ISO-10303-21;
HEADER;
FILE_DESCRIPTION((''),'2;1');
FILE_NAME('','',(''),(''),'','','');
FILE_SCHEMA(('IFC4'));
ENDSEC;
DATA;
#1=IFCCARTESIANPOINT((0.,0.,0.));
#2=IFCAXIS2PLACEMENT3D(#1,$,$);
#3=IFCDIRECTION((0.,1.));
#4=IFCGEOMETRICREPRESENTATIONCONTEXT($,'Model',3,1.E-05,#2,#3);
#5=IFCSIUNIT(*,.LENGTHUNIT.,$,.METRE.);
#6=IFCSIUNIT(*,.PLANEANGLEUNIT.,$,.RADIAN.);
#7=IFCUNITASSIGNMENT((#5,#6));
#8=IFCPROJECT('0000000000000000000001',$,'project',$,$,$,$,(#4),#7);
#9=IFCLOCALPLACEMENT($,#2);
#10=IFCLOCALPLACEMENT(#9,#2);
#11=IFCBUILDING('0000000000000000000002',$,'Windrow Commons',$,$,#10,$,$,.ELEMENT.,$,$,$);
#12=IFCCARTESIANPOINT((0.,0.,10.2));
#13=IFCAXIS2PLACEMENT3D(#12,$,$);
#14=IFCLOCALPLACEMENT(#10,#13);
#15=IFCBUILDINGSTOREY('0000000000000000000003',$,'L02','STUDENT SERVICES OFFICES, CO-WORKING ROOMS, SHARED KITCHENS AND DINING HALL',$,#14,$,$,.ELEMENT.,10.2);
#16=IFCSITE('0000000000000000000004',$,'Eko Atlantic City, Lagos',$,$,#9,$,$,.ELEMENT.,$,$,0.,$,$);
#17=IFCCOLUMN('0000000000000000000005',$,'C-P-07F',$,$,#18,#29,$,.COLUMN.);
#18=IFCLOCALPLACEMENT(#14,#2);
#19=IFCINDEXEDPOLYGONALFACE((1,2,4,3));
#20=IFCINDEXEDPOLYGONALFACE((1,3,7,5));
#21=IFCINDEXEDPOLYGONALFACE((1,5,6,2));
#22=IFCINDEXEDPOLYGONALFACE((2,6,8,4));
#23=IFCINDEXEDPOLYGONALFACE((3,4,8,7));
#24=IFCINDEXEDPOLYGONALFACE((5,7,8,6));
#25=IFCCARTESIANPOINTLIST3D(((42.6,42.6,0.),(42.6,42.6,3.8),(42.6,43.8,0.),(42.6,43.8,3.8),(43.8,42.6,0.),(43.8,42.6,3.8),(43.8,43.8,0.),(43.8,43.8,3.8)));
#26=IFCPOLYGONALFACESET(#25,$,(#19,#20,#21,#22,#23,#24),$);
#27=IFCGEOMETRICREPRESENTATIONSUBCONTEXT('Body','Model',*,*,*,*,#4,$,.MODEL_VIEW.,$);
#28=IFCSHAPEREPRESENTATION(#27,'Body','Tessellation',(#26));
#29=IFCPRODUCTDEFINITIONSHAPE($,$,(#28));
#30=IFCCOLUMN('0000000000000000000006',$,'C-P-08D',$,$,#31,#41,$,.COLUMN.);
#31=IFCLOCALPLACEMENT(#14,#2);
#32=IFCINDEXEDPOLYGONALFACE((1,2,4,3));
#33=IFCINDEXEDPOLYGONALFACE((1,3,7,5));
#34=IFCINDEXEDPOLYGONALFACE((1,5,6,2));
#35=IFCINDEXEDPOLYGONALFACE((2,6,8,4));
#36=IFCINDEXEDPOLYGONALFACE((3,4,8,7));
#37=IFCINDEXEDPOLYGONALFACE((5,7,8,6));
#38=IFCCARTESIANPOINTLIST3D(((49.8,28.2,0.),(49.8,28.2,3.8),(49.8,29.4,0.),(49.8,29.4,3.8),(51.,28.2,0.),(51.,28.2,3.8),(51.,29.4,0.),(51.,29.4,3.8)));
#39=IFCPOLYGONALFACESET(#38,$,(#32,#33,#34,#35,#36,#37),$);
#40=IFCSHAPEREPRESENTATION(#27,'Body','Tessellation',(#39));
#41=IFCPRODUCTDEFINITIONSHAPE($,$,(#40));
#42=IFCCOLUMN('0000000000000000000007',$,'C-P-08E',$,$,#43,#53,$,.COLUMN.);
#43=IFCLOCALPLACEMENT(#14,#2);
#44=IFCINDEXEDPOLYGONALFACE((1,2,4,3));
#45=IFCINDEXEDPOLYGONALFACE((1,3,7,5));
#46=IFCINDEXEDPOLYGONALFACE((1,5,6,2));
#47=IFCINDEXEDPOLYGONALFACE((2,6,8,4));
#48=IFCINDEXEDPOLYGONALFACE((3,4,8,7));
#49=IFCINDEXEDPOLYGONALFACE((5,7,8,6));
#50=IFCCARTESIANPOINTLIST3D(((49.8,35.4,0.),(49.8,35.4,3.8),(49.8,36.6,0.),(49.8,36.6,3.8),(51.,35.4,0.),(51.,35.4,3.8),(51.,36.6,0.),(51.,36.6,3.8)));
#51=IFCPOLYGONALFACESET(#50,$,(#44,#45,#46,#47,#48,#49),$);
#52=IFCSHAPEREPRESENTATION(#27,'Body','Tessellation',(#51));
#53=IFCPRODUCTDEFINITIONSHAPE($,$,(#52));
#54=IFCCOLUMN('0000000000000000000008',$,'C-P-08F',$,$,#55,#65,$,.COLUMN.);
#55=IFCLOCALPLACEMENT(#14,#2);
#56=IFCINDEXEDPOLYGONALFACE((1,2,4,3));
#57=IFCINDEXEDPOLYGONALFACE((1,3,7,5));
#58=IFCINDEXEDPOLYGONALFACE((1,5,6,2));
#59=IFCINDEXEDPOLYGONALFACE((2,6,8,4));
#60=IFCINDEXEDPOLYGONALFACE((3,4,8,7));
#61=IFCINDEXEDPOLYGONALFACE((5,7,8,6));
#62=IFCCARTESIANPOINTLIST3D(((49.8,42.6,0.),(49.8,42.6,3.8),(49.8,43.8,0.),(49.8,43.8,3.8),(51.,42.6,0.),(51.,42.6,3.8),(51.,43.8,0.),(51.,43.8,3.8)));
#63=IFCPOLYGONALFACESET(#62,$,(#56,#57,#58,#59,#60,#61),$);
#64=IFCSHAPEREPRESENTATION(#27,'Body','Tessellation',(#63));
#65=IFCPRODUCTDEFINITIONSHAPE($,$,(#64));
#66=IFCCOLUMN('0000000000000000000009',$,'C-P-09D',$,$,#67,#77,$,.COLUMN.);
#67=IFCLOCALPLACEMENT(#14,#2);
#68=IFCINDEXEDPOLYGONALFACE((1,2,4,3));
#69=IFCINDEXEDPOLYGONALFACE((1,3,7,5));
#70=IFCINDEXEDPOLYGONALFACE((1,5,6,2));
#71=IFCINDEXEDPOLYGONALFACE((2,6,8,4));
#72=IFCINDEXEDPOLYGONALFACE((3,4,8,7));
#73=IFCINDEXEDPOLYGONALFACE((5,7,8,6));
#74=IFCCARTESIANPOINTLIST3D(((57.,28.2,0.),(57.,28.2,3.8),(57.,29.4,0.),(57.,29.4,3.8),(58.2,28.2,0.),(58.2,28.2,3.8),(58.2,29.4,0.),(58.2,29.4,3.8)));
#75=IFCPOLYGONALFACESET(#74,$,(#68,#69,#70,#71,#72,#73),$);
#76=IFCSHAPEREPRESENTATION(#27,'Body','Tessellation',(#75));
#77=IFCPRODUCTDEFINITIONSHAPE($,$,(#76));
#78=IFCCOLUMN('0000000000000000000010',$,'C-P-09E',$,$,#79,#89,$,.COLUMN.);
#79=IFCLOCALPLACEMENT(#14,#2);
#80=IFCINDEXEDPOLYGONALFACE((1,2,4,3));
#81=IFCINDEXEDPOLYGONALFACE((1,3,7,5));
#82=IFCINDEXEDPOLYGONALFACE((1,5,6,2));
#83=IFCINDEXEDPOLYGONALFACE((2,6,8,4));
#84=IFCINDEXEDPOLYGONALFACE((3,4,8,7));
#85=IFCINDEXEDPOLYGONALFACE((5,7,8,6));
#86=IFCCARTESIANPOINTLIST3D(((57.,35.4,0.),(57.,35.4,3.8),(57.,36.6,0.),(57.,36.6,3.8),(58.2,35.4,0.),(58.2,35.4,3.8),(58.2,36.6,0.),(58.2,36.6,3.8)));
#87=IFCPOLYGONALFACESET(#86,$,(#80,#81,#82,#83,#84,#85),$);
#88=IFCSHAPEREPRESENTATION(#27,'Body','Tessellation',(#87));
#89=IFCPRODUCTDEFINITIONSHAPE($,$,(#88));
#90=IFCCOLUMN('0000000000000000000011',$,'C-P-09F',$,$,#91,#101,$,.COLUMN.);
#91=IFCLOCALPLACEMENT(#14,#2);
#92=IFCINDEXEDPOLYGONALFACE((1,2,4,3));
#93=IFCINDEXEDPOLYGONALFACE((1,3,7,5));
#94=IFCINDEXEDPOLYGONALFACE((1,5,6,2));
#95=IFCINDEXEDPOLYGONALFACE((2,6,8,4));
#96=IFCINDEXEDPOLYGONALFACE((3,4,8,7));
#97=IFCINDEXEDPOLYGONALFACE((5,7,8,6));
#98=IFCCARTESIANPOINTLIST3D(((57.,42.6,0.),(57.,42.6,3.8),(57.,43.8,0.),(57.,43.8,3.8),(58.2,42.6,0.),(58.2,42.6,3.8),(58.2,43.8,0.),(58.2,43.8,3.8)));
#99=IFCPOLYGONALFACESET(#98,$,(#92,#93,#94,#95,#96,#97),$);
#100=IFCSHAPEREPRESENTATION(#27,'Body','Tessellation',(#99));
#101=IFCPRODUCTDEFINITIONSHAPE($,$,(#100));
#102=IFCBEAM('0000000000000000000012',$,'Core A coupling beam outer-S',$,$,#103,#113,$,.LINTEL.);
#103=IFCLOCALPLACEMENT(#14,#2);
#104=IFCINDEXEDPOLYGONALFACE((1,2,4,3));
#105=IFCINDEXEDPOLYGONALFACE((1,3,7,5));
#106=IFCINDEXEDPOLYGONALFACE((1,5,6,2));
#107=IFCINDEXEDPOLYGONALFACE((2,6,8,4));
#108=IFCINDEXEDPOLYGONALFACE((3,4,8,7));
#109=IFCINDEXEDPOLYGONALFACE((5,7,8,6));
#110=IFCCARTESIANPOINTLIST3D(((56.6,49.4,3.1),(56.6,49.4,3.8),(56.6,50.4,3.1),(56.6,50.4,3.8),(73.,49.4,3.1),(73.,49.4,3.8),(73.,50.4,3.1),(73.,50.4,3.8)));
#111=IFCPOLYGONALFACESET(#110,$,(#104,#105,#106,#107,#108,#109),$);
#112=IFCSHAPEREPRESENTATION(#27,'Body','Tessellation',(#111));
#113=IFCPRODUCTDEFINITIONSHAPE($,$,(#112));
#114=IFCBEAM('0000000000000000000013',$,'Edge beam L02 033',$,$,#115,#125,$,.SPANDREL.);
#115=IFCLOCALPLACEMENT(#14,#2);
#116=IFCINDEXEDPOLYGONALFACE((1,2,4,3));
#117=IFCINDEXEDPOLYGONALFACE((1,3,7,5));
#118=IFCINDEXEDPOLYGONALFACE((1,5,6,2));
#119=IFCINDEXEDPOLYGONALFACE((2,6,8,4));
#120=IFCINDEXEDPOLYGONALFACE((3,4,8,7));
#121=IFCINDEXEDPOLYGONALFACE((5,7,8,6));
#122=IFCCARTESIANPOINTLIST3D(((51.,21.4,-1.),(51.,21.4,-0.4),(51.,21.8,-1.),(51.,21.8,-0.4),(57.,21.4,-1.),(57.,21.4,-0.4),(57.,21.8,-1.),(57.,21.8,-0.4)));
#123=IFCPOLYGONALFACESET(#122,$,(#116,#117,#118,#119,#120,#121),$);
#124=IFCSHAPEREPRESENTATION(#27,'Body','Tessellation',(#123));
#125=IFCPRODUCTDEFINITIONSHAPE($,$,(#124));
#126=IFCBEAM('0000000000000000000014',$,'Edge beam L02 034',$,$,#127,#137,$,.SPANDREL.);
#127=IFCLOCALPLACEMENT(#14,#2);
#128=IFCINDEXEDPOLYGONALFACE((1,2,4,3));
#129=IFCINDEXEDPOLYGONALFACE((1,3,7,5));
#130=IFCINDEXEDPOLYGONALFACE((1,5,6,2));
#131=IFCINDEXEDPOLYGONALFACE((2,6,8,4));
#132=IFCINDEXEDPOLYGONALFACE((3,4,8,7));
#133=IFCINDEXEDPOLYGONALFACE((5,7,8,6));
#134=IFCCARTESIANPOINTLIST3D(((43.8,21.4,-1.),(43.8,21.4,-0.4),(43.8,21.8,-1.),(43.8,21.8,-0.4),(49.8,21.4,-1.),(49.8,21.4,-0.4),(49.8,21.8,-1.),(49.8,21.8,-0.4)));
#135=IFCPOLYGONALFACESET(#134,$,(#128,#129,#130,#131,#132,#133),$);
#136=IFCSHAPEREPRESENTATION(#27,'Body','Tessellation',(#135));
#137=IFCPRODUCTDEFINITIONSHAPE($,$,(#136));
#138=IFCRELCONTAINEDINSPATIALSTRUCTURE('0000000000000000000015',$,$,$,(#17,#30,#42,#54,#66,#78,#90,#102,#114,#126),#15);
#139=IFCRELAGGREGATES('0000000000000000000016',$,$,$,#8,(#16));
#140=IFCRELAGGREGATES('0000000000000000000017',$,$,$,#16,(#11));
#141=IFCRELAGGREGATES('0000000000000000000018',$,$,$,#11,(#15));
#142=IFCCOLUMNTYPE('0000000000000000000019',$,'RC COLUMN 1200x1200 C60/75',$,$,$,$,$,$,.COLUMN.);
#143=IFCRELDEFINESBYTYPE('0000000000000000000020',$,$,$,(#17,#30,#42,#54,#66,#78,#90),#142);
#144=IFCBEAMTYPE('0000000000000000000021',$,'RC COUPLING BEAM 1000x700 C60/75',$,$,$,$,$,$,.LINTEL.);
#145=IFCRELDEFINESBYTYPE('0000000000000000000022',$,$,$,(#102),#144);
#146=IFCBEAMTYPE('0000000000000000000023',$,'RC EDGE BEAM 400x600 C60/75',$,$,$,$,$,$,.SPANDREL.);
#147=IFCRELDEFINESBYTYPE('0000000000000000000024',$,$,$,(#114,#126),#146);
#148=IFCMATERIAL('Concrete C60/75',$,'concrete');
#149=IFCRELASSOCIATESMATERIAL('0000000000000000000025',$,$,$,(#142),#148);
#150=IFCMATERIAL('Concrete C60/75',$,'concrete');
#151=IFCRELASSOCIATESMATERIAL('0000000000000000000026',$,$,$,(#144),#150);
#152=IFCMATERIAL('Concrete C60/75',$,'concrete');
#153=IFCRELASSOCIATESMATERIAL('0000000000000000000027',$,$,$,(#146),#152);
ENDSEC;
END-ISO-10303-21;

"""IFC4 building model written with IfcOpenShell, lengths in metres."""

from ifc_helpers import new_model, si_unit, direction, frame, origin, origin_2d, place, context, subcontext, project, spatial, rectangle, extrude, material, material_profile, profile_set, type_object, element, save


model = new_model("IFC4")

# Units and contexts
model_context = context("Model", 3, precision=1e-05, world=origin(), true_north=direction((0.0, 1.0)))
body_context = subcontext(model_context, "Body", "Model", "MODEL_VIEW")
ifc_project = project(units=[si_unit("LENGTHUNIT", "METRE"), si_unit("PLANEANGLEUNIT", "RADIAN")], contexts=[model_context])

# Site, building, storey
site_placement = place(None, origin())
site = spatial("IfcSite", under=ifc_project, at=site_placement, Name="Eko Atlantic City, Lagos", CompositionType="ELEMENT", RefElevation=0.0)
building_placement = place(site_placement, origin())
building = spatial("IfcBuilding", under=site, at=building_placement, Name="Windrow Commons", CompositionType="ELEMENT")
storey_placement = place(building_placement, frame((0.0, 0.0, 10.2)))
storey = spatial("IfcBuildingStorey", under=building, at=storey_placement, Name="L02", Description="STUDENT SERVICES OFFICES, CO-WORKING ROOMS, SHARED KITCHENS AND DINING HALL", CompositionType="ELEMENT", Elevation=10.2)

# Columns
ifc_material_1 = material(Name="Concrete C60/75", Category="concrete")
ifc_material_profile_1 = material_profile(ifc_material_1, rectangle(XDim=1.2, YDim=1.2, at=origin_2d()))
ifc_profile_set_1 = profile_set([ifc_material_profile_1], Name="Concrete C60/75")
column_type = type_object("IfcColumnType", Name="RC COLUMN 1200x1200 C60/75", PredefinedType="COLUMN", material=ifc_profile_set_1)
for number, where, z_axis, x_axis, name in (
    (1, (43.2, 43.2, 0.0), (0.0, 0.0, 1.0), (1.0, 0.0, 0.0), "C-P-07F"),
    (2, (50.4, 28.8, 0.0), (0.0, 0.0, 1.0), (1.0, 0.0, 0.0), "C-P-08D"),
    (3, (50.4, 36.0, 0.0), (0.0, 0.0, 1.0), (1.0, 0.0, 0.0), "C-P-08E"),
    (4, (50.4, 43.2, 0.0), (0.0, 0.0, 1.0), (1.0, 0.0, 0.0), "C-P-08F"),
    (5, (57.6, 28.8, 0.0), (0.0, 0.0, 1.0), (1.0, 0.0, 0.0), "C-P-09D"),
    (6, (57.6, 36.0, 0.0), (0.0, 0.0, 1.0), (1.0, 0.0, 0.0), "C-P-09E"),
    (7, (57.6, 43.2, 0.0), (0.0, 0.0, 1.0), (1.0, 0.0, 0.0), "C-P-09F"),
):
    element("IfcColumn", number, at=place(storey_placement, frame(where, z_axis=z_axis, x_axis=x_axis)), inside=storey, type_object=column_type, Name=name, PredefinedType="COLUMN", context=body_context, shape_type="SweptSolid", body=[
        extrude(rectangle(XDim=1.2, YDim=1.2, at=origin_2d()), origin(), (0.0, 0.0, 1.0), 3.8),
    ])

# Beams
ifc_material_2 = material(Name="Concrete C60/75", Category="concrete")
ifc_material_profile_2 = material_profile(ifc_material_2, rectangle(XDim=1.0, YDim=0.7, at=origin_2d()))
ifc_profile_set_2 = profile_set([ifc_material_profile_2], Name="Concrete C60/75")
beam_type_1 = type_object("IfcBeamType", Name="RC COUPLING BEAM 1000x700 C60/75", PredefinedType="LINTEL", material=ifc_profile_set_2)
beam_placement = place(storey_placement, frame((56.6, 49.9, 3.45), z_axis=(1.0, 0.0, 0.0), x_axis=(0.0, 1.0, 0.0)))
element("IfcBeam", 8, at=beam_placement, inside=storey, type_object=beam_type_1, Name="Core A coupling beam outer-S", PredefinedType="LINTEL", context=body_context, shape_type="SweptSolid", body=[
    extrude(rectangle(XDim=1.0, YDim=0.7, at=origin_2d()), origin(), (0.0, 0.0, 1.0), 16.4),
])
ifc_material_3 = material(Name="Concrete C60/75", Category="concrete")
ifc_material_profile_3 = material_profile(ifc_material_3, rectangle(XDim=0.4, YDim=0.6, at=origin_2d()))
ifc_profile_set_3 = profile_set([ifc_material_profile_3], Name="Concrete C60/75")
beam_type_2 = type_object("IfcBeamType", Name="RC EDGE BEAM 400x600 C60/75", PredefinedType="SPANDREL", material=ifc_profile_set_3)
for number, where, z_axis, x_axis, name in (
    (9, (57.0, 21.6, -0.7), (-1.0, 0.0, 0.0), (0.0, -1.0, 0.0), "Edge beam L02 033"),
    (10, (49.8, 21.6, -0.7), (-1.0, 0.0, 0.0), (0.0, -1.0, 0.0), "Edge beam L02 034"),
):
    element("IfcBeam", number, at=place(storey_placement, frame(where, z_axis=z_axis, x_axis=x_axis)), inside=storey, type_object=beam_type_2, Name=name, PredefinedType="SPANDREL", context=body_context, shape_type="SweptSolid", body=[
        extrude(rectangle(XDim=0.4, YDim=0.6, at=origin_2d()), origin(), (0.0, 0.0, 1.0), 6.0),
    ])

save(model, "model.ifc")
